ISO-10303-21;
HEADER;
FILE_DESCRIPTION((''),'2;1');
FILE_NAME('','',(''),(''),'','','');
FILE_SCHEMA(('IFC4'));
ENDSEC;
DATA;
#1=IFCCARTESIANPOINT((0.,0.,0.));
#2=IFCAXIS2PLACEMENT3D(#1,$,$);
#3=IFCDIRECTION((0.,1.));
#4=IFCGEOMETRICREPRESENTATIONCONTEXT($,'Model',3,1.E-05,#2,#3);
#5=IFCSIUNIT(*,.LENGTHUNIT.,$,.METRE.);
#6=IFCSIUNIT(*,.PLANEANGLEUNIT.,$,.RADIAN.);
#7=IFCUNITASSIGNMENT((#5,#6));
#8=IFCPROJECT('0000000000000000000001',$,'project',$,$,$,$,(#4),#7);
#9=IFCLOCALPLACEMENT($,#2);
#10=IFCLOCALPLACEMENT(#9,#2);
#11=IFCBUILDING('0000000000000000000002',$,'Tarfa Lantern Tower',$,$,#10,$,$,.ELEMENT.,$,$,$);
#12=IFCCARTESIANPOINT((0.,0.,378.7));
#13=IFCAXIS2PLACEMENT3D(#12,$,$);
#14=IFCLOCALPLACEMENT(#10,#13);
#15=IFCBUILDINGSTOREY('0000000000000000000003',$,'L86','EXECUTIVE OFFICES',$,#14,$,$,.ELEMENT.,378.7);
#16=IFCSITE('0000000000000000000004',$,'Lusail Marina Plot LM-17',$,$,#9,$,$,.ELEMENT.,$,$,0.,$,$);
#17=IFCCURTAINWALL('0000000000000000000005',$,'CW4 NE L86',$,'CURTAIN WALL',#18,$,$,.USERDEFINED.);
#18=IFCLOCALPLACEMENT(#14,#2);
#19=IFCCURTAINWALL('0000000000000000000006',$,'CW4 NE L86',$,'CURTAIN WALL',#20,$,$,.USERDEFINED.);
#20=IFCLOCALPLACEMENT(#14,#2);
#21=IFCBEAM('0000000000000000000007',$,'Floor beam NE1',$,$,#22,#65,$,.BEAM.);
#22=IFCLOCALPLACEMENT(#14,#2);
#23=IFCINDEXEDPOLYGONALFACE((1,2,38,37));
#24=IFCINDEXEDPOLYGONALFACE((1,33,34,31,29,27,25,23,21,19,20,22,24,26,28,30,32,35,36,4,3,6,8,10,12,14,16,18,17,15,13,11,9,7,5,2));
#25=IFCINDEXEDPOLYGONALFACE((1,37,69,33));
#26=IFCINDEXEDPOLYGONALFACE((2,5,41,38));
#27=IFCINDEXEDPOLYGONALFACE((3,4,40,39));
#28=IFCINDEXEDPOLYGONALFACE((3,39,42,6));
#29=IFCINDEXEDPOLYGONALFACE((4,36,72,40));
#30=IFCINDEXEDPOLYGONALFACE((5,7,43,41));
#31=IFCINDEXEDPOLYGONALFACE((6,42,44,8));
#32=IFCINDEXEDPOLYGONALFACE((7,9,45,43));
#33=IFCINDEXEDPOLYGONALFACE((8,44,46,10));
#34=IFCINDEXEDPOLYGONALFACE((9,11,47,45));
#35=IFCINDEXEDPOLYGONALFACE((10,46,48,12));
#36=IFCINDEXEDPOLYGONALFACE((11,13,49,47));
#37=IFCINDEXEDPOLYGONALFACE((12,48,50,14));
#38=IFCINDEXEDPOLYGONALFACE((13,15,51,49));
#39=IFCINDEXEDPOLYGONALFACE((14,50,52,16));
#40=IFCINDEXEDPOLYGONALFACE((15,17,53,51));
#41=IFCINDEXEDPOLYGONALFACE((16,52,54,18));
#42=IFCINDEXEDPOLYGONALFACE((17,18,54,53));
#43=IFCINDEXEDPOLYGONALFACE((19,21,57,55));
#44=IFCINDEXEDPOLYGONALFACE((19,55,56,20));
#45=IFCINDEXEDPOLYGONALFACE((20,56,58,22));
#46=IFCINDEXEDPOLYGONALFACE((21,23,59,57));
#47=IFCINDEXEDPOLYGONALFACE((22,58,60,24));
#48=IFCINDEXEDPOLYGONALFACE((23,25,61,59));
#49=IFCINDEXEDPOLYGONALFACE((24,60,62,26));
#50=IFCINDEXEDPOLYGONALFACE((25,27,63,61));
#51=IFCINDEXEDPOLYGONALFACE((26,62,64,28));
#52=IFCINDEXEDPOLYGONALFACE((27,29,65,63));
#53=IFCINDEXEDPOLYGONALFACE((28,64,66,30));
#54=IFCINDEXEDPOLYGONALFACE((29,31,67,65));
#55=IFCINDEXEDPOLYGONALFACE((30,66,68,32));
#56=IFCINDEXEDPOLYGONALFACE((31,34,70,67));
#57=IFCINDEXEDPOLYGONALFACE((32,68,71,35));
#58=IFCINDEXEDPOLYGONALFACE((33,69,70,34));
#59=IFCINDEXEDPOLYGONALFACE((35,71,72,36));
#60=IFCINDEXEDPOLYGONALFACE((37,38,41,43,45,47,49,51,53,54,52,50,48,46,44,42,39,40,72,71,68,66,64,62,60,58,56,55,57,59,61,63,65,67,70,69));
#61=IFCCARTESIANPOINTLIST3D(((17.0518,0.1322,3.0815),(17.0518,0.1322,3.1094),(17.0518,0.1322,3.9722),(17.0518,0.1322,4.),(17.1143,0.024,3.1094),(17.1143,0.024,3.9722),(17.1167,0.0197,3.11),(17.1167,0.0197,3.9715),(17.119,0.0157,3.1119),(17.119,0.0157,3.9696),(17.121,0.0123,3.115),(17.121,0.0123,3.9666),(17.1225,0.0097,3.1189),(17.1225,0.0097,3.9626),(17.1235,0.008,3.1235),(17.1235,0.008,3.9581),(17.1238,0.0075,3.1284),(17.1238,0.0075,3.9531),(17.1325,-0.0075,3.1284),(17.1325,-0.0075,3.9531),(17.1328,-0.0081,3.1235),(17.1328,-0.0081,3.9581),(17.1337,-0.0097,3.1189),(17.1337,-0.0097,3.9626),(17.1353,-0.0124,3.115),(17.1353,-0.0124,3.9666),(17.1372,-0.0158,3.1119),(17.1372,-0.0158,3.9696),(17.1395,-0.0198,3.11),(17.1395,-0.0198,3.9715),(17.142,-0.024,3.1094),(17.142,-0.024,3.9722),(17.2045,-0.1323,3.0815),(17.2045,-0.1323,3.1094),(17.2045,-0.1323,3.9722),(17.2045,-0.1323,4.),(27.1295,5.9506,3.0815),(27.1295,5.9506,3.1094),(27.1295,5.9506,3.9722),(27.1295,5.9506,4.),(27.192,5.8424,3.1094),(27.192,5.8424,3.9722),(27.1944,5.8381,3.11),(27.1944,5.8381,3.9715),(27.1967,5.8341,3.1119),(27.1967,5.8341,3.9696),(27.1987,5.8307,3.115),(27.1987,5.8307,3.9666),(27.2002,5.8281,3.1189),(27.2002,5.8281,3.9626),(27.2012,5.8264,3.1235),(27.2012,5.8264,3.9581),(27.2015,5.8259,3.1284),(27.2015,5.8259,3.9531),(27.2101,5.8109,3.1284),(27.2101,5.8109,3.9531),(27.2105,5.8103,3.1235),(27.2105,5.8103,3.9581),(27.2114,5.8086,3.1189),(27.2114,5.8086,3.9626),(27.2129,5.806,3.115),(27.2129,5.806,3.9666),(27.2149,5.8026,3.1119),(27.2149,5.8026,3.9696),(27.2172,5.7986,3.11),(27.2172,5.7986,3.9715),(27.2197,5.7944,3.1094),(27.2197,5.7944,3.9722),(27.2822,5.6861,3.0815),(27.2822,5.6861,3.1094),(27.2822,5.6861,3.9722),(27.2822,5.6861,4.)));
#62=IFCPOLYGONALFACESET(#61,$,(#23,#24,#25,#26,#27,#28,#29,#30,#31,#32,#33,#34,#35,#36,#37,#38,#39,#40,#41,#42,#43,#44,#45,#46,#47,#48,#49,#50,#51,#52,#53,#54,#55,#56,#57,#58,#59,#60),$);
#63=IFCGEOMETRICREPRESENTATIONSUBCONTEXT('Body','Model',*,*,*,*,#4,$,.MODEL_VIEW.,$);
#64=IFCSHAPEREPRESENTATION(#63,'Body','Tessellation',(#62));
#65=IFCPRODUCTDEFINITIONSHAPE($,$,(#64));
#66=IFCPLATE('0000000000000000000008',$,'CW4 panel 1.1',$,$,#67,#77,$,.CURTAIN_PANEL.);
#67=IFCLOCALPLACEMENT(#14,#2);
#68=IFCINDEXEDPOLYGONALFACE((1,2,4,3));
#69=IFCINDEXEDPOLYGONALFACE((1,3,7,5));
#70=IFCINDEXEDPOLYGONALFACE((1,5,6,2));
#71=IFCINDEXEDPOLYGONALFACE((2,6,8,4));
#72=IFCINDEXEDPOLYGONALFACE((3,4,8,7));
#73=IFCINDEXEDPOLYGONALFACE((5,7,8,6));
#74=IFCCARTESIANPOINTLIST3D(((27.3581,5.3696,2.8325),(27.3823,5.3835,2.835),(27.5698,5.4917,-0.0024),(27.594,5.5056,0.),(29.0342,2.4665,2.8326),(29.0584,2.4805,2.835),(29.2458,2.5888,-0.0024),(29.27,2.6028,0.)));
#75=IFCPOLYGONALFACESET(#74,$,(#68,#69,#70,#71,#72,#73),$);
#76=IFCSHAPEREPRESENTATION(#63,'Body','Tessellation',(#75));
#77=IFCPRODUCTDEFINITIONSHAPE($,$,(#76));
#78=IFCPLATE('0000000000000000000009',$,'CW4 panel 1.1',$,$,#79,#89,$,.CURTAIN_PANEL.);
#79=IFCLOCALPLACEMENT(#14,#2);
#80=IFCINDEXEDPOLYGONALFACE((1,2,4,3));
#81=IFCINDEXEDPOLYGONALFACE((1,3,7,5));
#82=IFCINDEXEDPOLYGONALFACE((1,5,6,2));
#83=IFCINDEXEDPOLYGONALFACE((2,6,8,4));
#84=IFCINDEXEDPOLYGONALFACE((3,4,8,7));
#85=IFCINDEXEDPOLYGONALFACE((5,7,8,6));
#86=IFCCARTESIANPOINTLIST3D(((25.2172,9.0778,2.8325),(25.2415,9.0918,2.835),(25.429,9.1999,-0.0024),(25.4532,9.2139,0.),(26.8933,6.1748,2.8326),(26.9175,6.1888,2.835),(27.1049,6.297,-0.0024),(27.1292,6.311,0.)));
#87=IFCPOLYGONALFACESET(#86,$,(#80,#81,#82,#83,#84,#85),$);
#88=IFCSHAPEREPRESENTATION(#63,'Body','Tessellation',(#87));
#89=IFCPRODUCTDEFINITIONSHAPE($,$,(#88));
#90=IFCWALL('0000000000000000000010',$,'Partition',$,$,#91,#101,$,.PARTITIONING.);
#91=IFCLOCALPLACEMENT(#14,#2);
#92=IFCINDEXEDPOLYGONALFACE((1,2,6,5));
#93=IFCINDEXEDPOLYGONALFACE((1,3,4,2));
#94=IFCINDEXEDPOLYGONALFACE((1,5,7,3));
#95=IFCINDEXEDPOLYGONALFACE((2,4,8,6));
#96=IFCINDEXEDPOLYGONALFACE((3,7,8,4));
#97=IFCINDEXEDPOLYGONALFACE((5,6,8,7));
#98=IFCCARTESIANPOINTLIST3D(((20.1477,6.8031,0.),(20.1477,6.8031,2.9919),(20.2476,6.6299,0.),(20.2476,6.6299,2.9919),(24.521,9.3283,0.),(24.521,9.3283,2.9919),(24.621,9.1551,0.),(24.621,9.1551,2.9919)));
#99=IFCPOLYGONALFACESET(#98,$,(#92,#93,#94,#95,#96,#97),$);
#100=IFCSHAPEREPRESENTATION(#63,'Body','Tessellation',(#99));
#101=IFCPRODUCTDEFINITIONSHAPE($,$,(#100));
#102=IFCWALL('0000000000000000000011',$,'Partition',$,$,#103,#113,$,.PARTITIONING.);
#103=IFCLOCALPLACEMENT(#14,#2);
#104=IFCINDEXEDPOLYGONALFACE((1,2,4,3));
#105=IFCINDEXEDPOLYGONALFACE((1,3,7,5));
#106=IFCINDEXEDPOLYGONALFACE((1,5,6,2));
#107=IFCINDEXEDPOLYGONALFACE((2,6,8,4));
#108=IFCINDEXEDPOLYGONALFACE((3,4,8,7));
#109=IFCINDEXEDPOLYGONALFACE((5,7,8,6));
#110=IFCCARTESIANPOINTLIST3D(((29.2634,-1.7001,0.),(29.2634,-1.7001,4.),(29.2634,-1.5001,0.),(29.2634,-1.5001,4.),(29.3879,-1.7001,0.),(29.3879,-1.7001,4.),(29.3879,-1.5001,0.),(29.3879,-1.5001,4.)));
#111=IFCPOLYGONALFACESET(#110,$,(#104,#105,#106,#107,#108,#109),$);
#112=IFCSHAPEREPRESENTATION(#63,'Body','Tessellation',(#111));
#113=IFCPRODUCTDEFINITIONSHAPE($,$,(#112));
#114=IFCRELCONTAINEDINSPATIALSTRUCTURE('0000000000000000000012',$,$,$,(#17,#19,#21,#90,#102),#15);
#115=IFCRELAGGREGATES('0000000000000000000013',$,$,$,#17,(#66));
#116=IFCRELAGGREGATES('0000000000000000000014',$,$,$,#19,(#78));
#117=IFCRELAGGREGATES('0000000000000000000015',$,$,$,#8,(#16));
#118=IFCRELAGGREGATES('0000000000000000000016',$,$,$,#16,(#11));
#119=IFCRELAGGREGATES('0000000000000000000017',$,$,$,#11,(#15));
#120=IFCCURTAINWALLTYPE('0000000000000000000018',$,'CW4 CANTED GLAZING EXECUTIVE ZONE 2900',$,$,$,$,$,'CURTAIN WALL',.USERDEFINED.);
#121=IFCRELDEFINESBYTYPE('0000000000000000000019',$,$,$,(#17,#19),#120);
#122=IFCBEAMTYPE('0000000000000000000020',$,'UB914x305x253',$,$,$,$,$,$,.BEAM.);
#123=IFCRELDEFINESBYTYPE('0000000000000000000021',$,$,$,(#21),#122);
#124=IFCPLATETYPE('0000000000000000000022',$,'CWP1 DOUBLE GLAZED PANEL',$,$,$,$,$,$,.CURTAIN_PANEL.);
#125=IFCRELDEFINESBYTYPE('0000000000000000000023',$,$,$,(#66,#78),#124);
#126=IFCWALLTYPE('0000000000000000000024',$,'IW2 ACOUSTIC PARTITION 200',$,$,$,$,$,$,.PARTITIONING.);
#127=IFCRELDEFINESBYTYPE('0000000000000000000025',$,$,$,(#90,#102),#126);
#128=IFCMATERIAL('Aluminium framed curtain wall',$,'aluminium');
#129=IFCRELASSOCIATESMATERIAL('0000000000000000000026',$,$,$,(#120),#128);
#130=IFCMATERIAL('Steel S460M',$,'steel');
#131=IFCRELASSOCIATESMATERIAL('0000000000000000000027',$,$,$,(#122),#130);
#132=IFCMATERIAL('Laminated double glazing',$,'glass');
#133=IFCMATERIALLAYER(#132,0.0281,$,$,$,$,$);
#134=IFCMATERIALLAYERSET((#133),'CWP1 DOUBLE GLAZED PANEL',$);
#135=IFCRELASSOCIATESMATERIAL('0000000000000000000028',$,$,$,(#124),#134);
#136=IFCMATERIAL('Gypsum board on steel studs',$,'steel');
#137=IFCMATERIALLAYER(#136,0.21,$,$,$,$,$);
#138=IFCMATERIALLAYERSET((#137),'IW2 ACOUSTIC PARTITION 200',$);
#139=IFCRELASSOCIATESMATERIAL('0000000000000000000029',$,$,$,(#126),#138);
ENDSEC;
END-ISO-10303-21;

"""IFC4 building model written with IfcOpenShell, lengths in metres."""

from ifc_helpers import new_model, si_unit, direction, frame, frame_2d, origin, origin_2d, place, context, subcontext, project, spatial, polyline, rectangle, i_section, outline, extrude, material, layer, layer_set, material_profile, profile_set, type_object, element, aggregate, save


model = new_model("IFC4")

# Units and contexts
model_context = context("Model", 3, precision=1e-05, world=origin(), true_north=direction((0.0, 1.0)))
body_context = subcontext(model_context, "Body", "Model", "MODEL_VIEW")
ifc_project = project(units=[si_unit("LENGTHUNIT", "METRE"), si_unit("PLANEANGLEUNIT", "RADIAN")], contexts=[model_context])

# Site, building, storey
site_placement = place(None, origin())
site = spatial("IfcSite", under=ifc_project, at=site_placement, Name="Lusail Marina Plot LM-17", CompositionType="ELEMENT", RefElevation=0.0)
building_placement = place(site_placement, origin())
building = spatial("IfcBuilding", under=site, at=building_placement, Name="Tarfa Lantern Tower", CompositionType="ELEMENT")
storey_placement = place(building_placement, frame((0.0, 0.0, 378.7)))
storey = spatial("IfcBuildingStorey", under=building, at=storey_placement, Name="L86", Description="EXECUTIVE OFFICES", CompositionType="ELEMENT", Elevation=378.7)

# Curtain walls
ifc_material_1 = material(Name="Aluminium framed curtain wall", Category="aluminium")
curtain_wall_type = type_object("IfcCurtainWallType", Name="CW4 CANTED GLAZING EXECUTIVE ZONE 2900", ElementType="CURTAIN WALL", PredefinedType="USERDEFINED", material=ifc_material_1)
curtain_wall_1_placement = place(storey_placement, origin())
curtain_wall_1 = element("IfcCurtainWall", 1, at=curtain_wall_1_placement, inside=storey, type_object=curtain_wall_type, Name="CW4 NE L86", ObjectType="CURTAIN WALL", PredefinedType="USERDEFINED")
curtain_wall_2_placement = place(storey_placement, origin())
curtain_wall_2 = element("IfcCurtainWall", 2, at=curtain_wall_2_placement, inside=storey, type_object=curtain_wall_type, Name="CW4 NE L86", ObjectType="CURTAIN WALL", PredefinedType="USERDEFINED")

# Beam
ifc_material_2 = material(Name="Steel S460M", Category="steel")
ifc_material_profile_1 = material_profile(ifc_material_2, i_section(OverallWidth=0.3054, OverallDepth=0.9185, WebThickness=0.0173, FlangeThickness=0.0278, FilletRadius=0.019, at=origin_2d()), Name="UB914x305x253")
ifc_profile_set_1 = profile_set([ifc_material_profile_1], Name="Steel S460M")
beam_type_1 = type_object("IfcBeamType", Name="UB914x305x253", PredefinedType="BEAM", material=ifc_profile_set_1)
beam_1_placement = place(storey_placement, frame((27.2058, 5.8184, 3.5408), z_axis=(-0.866024, -0.500002, 0.0), x_axis=(0.500002, -0.866024, 0.0)))
element("IfcBeam", 3, at=beam_1_placement, inside=storey, type_object=beam_type_1, Name="Floor beam NE1", PredefinedType="BEAM", context=body_context, shape_type="SweptSolid", body=[
    extrude(i_section(OverallWidth=0.3054, OverallDepth=0.9185, WebThickness=0.0173, FlangeThickness=0.0278, FilletRadius=0.019, at=origin_2d()), origin(), (0.0, 0.0, 1.0), 11.6367),
])

# Plates
ifc_material_3 = material(Name="Laminated double glazing", Category="glass")
ifc_layer_1 = layer(ifc_material_3, 0.0281)
ifc_layer_set_1 = layer_set([ifc_layer_1], Name="CWP1 DOUBLE GLAZED PANEL")
plate_type = type_object("IfcPlateType", Name="CWP1 DOUBLE GLAZED PANEL", PredefinedType="CURTAIN_PANEL", material=ifc_layer_set_1)
plate_1_placement = place(storey_placement, frame((29.27, 2.6028, 0.0), z_axis=(0.862824, 0.498153, 0.085893), x_axis=(-0.500001, 0.866025, 0.000002)))
plate_1 = element("IfcPlate", 4, at=plate_1_placement, type_object=plate_type, Name="CW4 panel 1.1", PredefinedType="CURTAIN_PANEL", context=body_context, shape_type="SweptSolid", body=[
    extrude(outline(polyline([(0.0, 0.0), (3.3519, 0.0), (3.3521, 2.8455), (-0.0001, 2.8455), (0.0, 0.0)])), origin(), (0.0, 0.0, -1.0), 0.0281),
])
aggregate(curtain_wall_1, [plate_1])
plate_2_placement = place(storey_placement, frame((27.1292, 6.311, 0.0), z_axis=(0.862824, 0.498153, 0.085893), x_axis=(-0.500001, 0.866025, 0.000002)))
plate_2 = element("IfcPlate", 5, at=plate_2_placement, type_object=plate_type, Name="CW4 panel 1.1", PredefinedType="CURTAIN_PANEL", context=body_context, shape_type="SweptSolid", body=[
    extrude(outline(polyline([(0.0, 0.0), (3.3519, 0.0), (3.3521, 2.8455), (-0.0001, 2.8455), (0.0, 0.0)])), origin(), (0.0, 0.0, -1.0), 0.0281),
])
aggregate(curtain_wall_2, [plate_2])

# Shared definitions
ifc_material_4 = material(Name="Gypsum board on steel studs", Category="steel")
ifc_layer_2 = layer(ifc_material_4, 0.21)
ifc_layer_set_2 = layer_set([ifc_layer_2], Name="IW2 ACOUSTIC PARTITION 200")
wall_type = type_object("IfcWallType", Name="IW2 ACOUSTIC PARTITION 200", PredefinedType="PARTITIONING", material=ifc_layer_set_2)

# Walls
wall_1_placement = place(storey_placement, frame((20.1978, 6.7166, 0.0), z_axis=(0.0, 0.0, 1.0), x_axis=(0.866006, 0.500034, 0.0)))
element("IfcWall", 6, at=wall_1_placement, inside=storey, type_object=wall_type, Name="Partition", PredefinedType="PARTITIONING", context=body_context, shape_type="SweptSolid", body=[
    extrude(rectangle(XDim=5.05, YDim=0.2, at=frame_2d((2.5249, 0.0))), origin(), (0.0, 0.0, 1.0), 2.9919),
])
wall_2_placement = place(storey_placement, frame((29.2634, -1.6001, 0.0), z_axis=(0.0, 0.0, 1.0), x_axis=(1.0, 0.0, 0.0)))
element("IfcWall", 7, at=wall_2_placement, inside=storey, type_object=wall_type, Name="Partition", PredefinedType="PARTITIONING", context=body_context, shape_type="SweptSolid", body=[
    extrude(rectangle(XDim=0.1245, YDim=0.2, at=frame_2d((0.0623, 0.0))), origin(), (0.0, 0.0, 1.0), 4.0),
])

save(model, "model.ifc")
